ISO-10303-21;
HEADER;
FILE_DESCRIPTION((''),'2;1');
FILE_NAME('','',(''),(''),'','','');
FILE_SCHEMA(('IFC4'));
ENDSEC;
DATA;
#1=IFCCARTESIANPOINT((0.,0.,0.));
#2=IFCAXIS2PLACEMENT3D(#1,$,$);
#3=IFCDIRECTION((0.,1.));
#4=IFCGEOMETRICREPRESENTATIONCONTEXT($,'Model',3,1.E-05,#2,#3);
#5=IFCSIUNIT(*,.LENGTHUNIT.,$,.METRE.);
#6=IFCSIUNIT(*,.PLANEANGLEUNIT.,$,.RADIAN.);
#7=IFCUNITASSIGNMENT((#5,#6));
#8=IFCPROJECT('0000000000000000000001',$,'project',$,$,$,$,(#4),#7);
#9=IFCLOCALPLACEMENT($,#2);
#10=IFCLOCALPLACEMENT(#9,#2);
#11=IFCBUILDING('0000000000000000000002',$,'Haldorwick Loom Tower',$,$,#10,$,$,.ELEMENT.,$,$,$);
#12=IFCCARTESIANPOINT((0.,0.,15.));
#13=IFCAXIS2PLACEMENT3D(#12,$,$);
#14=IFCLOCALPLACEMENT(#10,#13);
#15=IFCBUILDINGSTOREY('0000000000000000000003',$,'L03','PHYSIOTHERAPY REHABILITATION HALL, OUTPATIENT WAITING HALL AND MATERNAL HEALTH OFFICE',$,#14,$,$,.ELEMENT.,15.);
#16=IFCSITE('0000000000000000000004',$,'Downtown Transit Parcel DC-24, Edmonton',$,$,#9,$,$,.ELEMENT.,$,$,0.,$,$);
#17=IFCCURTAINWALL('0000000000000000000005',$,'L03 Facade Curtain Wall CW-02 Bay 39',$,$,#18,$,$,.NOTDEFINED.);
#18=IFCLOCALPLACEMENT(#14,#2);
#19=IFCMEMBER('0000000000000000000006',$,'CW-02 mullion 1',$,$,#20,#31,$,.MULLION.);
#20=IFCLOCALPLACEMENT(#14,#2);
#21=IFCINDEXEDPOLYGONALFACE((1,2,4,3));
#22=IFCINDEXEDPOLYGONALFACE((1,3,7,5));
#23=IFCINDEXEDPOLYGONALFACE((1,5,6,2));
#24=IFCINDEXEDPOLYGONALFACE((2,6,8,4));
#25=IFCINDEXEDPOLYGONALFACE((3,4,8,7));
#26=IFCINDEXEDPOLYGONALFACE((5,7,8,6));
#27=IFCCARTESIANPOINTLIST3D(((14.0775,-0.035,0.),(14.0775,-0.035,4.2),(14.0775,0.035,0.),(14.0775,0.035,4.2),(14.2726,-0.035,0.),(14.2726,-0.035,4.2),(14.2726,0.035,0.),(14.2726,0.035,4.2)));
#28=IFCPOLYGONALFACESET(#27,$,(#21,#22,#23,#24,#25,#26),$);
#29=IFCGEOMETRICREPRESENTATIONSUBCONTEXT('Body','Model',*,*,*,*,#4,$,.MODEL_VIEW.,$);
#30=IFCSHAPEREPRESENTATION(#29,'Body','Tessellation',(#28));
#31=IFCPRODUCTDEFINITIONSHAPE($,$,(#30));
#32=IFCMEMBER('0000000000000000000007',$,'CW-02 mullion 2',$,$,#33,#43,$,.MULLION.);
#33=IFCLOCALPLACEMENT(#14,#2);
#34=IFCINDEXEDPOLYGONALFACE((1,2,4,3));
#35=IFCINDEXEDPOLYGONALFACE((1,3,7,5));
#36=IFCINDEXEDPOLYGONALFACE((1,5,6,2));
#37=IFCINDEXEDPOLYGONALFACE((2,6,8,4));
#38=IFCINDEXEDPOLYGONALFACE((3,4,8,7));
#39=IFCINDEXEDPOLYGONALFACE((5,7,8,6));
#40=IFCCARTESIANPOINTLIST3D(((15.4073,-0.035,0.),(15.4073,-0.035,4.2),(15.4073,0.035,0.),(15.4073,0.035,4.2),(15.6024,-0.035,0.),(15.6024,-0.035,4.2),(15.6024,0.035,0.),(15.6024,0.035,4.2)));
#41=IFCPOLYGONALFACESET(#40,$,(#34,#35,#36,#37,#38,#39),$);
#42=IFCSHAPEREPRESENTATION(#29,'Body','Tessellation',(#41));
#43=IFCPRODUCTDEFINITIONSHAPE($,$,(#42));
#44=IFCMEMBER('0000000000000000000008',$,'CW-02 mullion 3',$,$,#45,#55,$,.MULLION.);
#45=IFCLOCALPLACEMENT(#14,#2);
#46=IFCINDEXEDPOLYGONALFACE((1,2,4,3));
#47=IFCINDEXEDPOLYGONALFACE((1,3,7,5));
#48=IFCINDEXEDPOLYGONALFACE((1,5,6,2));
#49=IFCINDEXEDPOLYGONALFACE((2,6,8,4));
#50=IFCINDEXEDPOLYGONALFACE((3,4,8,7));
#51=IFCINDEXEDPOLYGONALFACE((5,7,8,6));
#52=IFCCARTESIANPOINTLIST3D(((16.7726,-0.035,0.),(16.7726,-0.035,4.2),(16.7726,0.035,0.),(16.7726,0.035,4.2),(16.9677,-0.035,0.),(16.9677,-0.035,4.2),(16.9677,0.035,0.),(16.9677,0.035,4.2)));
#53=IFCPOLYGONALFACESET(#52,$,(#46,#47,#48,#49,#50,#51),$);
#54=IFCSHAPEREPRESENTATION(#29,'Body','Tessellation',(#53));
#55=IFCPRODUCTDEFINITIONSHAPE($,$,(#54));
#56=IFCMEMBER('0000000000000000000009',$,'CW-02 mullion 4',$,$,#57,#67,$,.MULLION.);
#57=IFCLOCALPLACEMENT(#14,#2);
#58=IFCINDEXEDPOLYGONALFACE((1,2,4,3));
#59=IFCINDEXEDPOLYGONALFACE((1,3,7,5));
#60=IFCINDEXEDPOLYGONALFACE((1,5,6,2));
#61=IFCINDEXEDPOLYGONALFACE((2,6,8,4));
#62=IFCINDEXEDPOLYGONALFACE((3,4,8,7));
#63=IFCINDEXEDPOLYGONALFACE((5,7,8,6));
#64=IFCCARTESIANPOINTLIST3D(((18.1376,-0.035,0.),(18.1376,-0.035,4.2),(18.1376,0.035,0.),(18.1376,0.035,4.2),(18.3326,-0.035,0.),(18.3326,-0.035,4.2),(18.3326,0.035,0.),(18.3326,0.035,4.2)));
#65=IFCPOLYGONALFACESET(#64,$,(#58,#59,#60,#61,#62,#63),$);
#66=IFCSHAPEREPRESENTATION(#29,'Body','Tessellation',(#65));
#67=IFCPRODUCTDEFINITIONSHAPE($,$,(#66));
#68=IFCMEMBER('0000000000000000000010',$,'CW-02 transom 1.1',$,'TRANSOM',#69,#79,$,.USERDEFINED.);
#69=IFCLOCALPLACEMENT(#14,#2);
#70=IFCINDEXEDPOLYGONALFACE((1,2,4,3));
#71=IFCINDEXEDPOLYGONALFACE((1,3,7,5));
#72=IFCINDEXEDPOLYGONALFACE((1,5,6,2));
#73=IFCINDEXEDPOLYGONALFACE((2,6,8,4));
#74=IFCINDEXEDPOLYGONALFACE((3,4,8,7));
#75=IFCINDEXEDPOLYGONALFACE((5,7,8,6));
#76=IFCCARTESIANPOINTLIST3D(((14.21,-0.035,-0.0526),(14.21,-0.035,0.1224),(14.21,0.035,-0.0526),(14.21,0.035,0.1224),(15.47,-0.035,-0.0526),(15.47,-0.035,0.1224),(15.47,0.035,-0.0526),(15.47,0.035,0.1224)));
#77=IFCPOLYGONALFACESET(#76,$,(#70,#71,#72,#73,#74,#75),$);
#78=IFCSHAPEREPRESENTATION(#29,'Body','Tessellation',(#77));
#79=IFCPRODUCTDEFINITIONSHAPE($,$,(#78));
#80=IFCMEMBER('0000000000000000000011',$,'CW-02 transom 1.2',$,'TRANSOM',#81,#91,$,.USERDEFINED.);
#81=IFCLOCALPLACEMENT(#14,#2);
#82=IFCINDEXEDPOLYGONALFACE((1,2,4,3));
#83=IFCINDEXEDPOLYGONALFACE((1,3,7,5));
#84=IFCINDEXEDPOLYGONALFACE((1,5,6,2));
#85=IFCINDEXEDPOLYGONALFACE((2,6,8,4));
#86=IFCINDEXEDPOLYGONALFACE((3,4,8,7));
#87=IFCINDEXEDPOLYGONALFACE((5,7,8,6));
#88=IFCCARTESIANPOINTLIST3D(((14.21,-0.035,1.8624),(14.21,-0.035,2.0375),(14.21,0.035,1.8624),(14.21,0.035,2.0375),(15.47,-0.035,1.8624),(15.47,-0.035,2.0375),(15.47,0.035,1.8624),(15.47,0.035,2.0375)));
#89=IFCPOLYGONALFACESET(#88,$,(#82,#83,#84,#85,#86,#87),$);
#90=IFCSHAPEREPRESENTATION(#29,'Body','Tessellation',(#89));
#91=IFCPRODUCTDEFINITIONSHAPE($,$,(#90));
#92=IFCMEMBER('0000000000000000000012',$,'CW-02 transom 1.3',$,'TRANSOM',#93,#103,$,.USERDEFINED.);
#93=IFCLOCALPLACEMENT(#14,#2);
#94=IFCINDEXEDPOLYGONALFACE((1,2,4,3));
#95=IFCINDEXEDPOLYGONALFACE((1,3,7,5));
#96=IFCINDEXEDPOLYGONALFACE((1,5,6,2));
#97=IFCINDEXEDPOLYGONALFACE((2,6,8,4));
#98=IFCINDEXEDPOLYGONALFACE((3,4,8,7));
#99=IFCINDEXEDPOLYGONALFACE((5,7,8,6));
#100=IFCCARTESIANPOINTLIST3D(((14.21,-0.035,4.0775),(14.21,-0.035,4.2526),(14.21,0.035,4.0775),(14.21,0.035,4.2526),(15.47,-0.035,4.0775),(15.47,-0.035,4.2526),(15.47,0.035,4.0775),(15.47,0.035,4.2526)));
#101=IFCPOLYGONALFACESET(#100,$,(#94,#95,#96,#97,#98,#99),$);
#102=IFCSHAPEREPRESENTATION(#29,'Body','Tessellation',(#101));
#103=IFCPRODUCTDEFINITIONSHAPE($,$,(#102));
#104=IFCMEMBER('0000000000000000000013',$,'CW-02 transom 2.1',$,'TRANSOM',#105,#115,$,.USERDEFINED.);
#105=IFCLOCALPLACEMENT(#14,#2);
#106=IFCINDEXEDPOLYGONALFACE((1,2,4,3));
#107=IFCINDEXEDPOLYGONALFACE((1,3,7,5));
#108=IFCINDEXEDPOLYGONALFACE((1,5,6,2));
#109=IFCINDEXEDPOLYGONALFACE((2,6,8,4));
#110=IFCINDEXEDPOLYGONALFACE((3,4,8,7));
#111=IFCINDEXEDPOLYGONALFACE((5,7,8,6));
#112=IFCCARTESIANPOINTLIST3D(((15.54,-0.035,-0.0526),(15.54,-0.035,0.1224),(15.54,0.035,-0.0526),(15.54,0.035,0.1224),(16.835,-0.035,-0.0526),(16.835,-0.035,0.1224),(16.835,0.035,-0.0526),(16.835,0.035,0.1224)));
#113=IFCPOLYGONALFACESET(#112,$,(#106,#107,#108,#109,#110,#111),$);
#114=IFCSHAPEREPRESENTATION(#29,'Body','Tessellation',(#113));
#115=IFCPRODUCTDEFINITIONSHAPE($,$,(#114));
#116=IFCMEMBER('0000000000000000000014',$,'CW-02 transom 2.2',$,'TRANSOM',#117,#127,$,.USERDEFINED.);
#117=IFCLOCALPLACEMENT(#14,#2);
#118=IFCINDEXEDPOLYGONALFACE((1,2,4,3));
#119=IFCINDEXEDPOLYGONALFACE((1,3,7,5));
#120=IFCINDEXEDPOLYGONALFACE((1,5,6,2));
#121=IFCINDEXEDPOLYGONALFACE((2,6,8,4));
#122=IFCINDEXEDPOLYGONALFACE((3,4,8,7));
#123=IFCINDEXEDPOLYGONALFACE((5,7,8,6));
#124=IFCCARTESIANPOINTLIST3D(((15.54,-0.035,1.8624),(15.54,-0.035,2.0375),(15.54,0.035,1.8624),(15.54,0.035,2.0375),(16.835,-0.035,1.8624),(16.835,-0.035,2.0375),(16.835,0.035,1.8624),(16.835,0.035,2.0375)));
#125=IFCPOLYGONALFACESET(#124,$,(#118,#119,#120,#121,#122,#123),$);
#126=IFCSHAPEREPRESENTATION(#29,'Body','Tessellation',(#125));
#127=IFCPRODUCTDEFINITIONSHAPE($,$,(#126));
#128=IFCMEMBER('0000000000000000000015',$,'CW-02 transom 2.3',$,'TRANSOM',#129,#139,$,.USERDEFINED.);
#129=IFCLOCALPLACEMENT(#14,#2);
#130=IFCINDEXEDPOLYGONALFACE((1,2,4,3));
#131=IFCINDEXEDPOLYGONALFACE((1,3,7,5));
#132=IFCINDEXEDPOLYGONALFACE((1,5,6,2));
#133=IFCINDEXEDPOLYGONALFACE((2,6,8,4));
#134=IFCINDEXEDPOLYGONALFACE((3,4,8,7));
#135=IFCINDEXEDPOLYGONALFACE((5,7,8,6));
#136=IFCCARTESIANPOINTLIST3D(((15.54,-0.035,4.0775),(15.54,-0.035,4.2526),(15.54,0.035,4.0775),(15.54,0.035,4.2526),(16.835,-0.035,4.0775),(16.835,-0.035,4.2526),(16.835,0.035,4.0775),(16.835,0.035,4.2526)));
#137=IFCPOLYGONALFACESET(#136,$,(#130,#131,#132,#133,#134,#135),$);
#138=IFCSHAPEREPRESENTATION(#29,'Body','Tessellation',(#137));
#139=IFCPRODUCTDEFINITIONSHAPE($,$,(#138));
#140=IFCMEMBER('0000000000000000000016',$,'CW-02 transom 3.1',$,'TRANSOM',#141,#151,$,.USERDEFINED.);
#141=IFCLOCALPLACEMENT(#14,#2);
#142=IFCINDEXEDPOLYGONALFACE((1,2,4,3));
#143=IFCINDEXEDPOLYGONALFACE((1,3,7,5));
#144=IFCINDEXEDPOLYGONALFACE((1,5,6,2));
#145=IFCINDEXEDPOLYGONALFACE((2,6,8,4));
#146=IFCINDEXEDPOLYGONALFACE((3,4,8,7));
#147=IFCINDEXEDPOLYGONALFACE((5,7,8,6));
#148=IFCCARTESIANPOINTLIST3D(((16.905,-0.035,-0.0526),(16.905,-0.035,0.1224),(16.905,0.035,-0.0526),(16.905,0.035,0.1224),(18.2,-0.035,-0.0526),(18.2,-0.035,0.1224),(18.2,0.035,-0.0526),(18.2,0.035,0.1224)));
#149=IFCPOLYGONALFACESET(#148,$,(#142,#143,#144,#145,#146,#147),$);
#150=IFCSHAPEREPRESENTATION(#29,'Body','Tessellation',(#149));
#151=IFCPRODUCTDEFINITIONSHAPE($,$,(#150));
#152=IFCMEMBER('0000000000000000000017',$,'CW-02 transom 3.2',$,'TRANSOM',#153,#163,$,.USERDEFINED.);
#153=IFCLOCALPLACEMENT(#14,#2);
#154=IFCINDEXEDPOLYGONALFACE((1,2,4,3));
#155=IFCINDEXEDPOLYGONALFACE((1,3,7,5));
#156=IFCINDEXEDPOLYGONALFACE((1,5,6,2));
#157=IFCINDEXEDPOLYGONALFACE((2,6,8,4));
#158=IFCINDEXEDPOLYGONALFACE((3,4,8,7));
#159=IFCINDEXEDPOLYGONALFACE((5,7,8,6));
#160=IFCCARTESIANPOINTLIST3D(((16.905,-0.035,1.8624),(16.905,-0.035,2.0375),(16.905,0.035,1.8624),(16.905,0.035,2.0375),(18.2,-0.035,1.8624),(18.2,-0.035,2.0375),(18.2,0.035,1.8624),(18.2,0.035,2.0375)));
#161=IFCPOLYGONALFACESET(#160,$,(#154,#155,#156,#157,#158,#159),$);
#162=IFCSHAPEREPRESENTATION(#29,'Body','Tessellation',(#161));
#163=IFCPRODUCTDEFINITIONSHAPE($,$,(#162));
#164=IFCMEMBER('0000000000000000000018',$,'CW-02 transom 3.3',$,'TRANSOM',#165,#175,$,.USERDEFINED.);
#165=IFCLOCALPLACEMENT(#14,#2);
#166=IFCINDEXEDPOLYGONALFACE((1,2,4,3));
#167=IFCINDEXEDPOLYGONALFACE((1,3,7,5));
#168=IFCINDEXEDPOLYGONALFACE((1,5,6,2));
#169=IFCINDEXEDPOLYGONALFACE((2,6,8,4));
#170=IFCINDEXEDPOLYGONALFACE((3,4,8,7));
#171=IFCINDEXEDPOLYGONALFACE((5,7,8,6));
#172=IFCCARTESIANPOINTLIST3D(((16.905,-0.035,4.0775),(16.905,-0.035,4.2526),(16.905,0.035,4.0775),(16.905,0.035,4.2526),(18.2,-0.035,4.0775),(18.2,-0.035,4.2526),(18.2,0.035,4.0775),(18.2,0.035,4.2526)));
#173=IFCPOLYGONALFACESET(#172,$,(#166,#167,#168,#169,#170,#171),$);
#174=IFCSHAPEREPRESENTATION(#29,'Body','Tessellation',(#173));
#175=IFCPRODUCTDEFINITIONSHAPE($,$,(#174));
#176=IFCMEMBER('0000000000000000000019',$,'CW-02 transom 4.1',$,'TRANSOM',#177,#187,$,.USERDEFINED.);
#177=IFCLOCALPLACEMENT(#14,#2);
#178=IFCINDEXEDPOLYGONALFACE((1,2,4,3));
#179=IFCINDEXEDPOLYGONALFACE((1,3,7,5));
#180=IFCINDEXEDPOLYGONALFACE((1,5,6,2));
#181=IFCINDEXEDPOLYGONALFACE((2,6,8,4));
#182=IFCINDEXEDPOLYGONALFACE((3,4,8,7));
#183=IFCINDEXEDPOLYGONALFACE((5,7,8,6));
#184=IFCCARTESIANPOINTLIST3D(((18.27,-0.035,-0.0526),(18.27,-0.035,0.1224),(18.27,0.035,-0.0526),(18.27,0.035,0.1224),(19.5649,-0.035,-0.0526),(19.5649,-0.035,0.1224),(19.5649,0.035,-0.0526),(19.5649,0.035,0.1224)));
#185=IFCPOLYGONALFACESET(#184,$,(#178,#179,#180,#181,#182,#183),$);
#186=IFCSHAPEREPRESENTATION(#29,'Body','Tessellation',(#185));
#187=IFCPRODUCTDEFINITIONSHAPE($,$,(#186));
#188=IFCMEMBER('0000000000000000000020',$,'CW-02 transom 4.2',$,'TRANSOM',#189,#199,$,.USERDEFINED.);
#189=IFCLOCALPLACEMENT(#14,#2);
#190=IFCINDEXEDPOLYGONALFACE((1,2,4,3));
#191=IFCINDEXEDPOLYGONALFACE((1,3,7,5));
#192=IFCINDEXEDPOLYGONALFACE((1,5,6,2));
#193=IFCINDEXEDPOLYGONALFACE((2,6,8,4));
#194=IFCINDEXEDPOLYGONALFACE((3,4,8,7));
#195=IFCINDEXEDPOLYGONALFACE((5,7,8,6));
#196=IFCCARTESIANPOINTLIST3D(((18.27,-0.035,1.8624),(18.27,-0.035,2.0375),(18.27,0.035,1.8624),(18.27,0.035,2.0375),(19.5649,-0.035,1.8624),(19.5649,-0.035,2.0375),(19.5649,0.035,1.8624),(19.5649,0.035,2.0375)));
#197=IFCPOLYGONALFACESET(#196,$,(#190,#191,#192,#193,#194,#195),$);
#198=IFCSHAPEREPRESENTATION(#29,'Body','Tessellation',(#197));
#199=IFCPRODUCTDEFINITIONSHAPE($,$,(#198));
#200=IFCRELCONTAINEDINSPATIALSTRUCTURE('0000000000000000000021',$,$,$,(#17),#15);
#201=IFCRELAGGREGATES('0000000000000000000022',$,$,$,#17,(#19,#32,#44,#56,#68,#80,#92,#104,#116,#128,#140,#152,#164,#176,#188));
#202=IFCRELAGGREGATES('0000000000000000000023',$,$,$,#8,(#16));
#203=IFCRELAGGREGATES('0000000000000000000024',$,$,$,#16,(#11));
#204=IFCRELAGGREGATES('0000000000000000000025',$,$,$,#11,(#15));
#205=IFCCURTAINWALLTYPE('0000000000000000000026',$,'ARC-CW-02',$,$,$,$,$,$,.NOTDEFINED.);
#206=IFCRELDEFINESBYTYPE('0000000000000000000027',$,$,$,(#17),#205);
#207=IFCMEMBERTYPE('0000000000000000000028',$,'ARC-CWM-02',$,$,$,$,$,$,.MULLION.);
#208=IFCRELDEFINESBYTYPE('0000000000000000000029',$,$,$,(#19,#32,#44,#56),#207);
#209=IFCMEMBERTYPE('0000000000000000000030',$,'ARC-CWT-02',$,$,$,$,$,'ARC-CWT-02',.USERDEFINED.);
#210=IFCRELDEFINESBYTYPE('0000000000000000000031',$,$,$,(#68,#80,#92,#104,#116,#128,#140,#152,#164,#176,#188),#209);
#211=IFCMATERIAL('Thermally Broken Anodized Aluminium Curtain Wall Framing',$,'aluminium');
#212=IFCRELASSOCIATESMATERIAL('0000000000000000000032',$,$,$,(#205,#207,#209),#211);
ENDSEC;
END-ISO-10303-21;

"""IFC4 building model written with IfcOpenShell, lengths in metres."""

from ifc_helpers import new_model, si_unit, direction, frame, origin, origin_2d, place, context, subcontext, project, spatial, rectangle, extrude, material, material_profile, profile_set, type_object, element, aggregate, save


model = new_model("IFC4")

# Units and contexts
model_context = context("Model", 3, precision=1e-05, world=origin(), true_north=direction((0.0, 1.0)))
body_context = subcontext(model_context, "Body", "Model", "MODEL_VIEW")
ifc_project = project(units=[si_unit("LENGTHUNIT", "METRE"), si_unit("PLANEANGLEUNIT", "RADIAN")], contexts=[model_context])

# Site, building, storey
site_placement = place(None, origin())
site = spatial("IfcSite", under=ifc_project, at=site_placement, Name="Downtown Transit Parcel DC-24, Edmonton", CompositionType="ELEMENT", RefElevation=0.0)
building_placement = place(site_placement, origin())
building = spatial("IfcBuilding", under=site, at=building_placement, Name="Haldorwick Loom Tower", CompositionType="ELEMENT")
storey_placement = place(building_placement, frame((0.0, 0.0, 15.0)))
storey = spatial("IfcBuildingStorey", under=building, at=storey_placement, Name="L03", Description="PHYSIOTHERAPY REHABILITATION HALL, OUTPATIENT WAITING HALL AND MATERNAL HEALTH OFFICE", CompositionType="ELEMENT", Elevation=15.0)

# Curtain wall, members
ifc_material_1 = material(Name="Thermally Broken Anodized Aluminium Curtain Wall Framing", Category="aluminium")
curtain_wall_type = type_object("IfcCurtainWallType", Name="ARC-CW-02", PredefinedType="NOTDEFINED", material=ifc_material_1)
curtain_wall_placement = place(storey_placement, origin())
curtain_wall = element("IfcCurtainWall", 1, at=curtain_wall_placement, inside=storey, type_object=curtain_wall_type, Name="L03 Facade Curtain Wall CW-02 Bay 39", PredefinedType="NOTDEFINED")
ifc_material_profile_1 = material_profile(ifc_material_1, rectangle(XDim=0.0701, YDim=0.1951, at=origin_2d()), Name="ALU_MUL_70X195", Category="aluminium")
ifc_profile_set_1 = profile_set([ifc_material_profile_1], Name="Thermally Broken Anodized Aluminium Curtain Wall Framing")
member_type_1 = type_object("IfcMemberType", Name="ARC-CWM-02", PredefinedType="MULLION", material=ifc_profile_set_1)
member_1_placement = place(storey_placement, frame((14.175, 0.0, 0.0), z_axis=(0.0, 0.0, 1.0), x_axis=(0.0, 1.0, 0.0)))
member_1 = element("IfcMember", 2, at=member_1_placement, type_object=member_type_1, Name="CW-02 mullion 1", PredefinedType="MULLION", context=body_context, shape_type="SweptSolid", body=[
    extrude(rectangle(XDim=0.0701, YDim=0.1951, at=origin_2d()), origin(), (0.0, 0.0, 1.0), 4.2),
])
member_2_placement = place(storey_placement, frame((15.5049, 0.0, 0.0), z_axis=(0.0, 0.0, 1.0), x_axis=(0.0, 1.0, 0.0)))
member_2 = element("IfcMember", 3, at=member_2_placement, type_object=member_type_1, Name="CW-02 mullion 2", PredefinedType="MULLION", context=body_context, shape_type="SweptSolid", body=[
    extrude(rectangle(XDim=0.0701, YDim=0.1951, at=origin_2d()), origin(), (0.0, 0.0, 1.0), 4.2),
])
member_3_placement = place(storey_placement, frame((16.8701, 0.0, 0.0), z_axis=(0.0, 0.0, 1.0), x_axis=(0.0, 1.0, 0.0)))
member_3 = element("IfcMember", 4, at=member_3_placement, type_object=member_type_1, Name="CW-02 mullion 3", PredefinedType="MULLION", context=body_context, shape_type="SweptSolid", body=[
    extrude(rectangle(XDim=0.0701, YDim=0.1951, at=origin_2d()), origin(), (0.0, 0.0, 1.0), 4.2),
])
member_4_placement = place(storey_placement, frame((18.2351, 0.0, 0.0), z_axis=(0.0, 0.0, 1.0), x_axis=(0.0, 1.0, 0.0)))
member_4 = element("IfcMember", 5, at=member_4_placement, type_object=member_type_1, Name="CW-02 mullion 4", PredefinedType="MULLION", context=body_context, shape_type="SweptSolid", body=[
    extrude(rectangle(XDim=0.0701, YDim=0.1951, at=origin_2d()), origin(), (0.0, 0.0, 1.0), 4.2),
])
ifc_material_profile_2 = material_profile(ifc_material_1, rectangle(XDim=0.0701, YDim=0.175, at=origin_2d()), Name="ALU_TRN_70X175", Category="aluminium")
ifc_profile_set_2 = profile_set([ifc_material_profile_2], Name="Thermally Broken Anodized Aluminium Curtain Wall Framing")
member_type_2 = type_object("IfcMemberType", Name="ARC-CWT-02", ElementType="ARC-CWT-02", PredefinedType="USERDEFINED", material=ifc_profile_set_2)
member_5_placement = place(storey_placement, frame((14.21, 0.0, 0.0349), z_axis=(1.0, 0.0, 0.0), x_axis=(0.0, 1.0, 0.0)))
member_5 = element("IfcMember", 6, at=member_5_placement, type_object=member_type_2, Name="CW-02 transom 1.1", ObjectType="TRANSOM", PredefinedType="USERDEFINED", context=body_context, shape_type="SweptSolid", body=[
    extrude(rectangle(XDim=0.0701, YDim=0.175, at=origin_2d()), origin(), (0.0, 0.0, 1.0), 1.26),
])
member_6_placement = place(storey_placement, frame((14.21, 0.0, 1.95), z_axis=(1.0, 0.0, 0.0), x_axis=(0.0, 1.0, 0.0)))
member_6 = element("IfcMember", 7, at=member_6_placement, type_object=member_type_2, Name="CW-02 transom 1.2", ObjectType="TRANSOM", PredefinedType="USERDEFINED", context=body_context, shape_type="SweptSolid", body=[
    extrude(rectangle(XDim=0.0701, YDim=0.175, at=origin_2d()), origin(), (0.0, 0.0, 1.0), 1.26),
])
member_7_placement = place(storey_placement, frame((14.21, 0.0, 4.165), z_axis=(1.0, 0.0, 0.0), x_axis=(0.0, 1.0, 0.0)))
member_7 = element("IfcMember", 8, at=member_7_placement, type_object=member_type_2, Name="CW-02 transom 1.3", ObjectType="TRANSOM", PredefinedType="USERDEFINED", context=body_context, shape_type="SweptSolid", body=[
    extrude(rectangle(XDim=0.0701, YDim=0.175, at=origin_2d()), origin(), (0.0, 0.0, 1.0), 1.26),
])
member_8_placement = place(storey_placement, frame((15.54, 0.0, 0.0349), z_axis=(1.0, 0.0, 0.0), x_axis=(0.0, 1.0, 0.0)))
member_8 = element("IfcMember", 9, at=member_8_placement, type_object=member_type_2, Name="CW-02 transom 2.1", ObjectType="TRANSOM", PredefinedType="USERDEFINED", context=body_context, shape_type="SweptSolid", body=[
    extrude(rectangle(XDim=0.0701, YDim=0.175, at=origin_2d()), origin(), (0.0, 0.0, 1.0), 1.2949),
])
member_9_placement = place(storey_placement, frame((15.54, 0.0, 1.95), z_axis=(1.0, 0.0, 0.0), x_axis=(0.0, 1.0, 0.0)))
member_9 = element("IfcMember", 10, at=member_9_placement, type_object=member_type_2, Name="CW-02 transom 2.2", ObjectType="TRANSOM", PredefinedType="USERDEFINED", context=body_context, shape_type="SweptSolid", body=[
    extrude(rectangle(XDim=0.0701, YDim=0.175, at=origin_2d()), origin(), (0.0, 0.0, 1.0), 1.2949),
])
member_10_placement = place(storey_placement, frame((15.54, 0.0, 4.165), z_axis=(1.0, 0.0, 0.0), x_axis=(0.0, 1.0, 0.0)))
member_10 = element("IfcMember", 11, at=member_10_placement, type_object=member_type_2, Name="CW-02 transom 2.3", ObjectType="TRANSOM", PredefinedType="USERDEFINED", context=body_context, shape_type="SweptSolid", body=[
    extrude(rectangle(XDim=0.0701, YDim=0.175, at=origin_2d()), origin(), (0.0, 0.0, 1.0), 1.2949),
])
member_11_placement = place(storey_placement, frame((16.905, 0.0, 0.0349), z_axis=(1.0, 0.0, 0.0), x_axis=(0.0, 1.0, 0.0)))
member_11 = element("IfcMember", 12, at=member_11_placement, type_object=member_type_2, Name="CW-02 transom 3.1", ObjectType="TRANSOM", PredefinedType="USERDEFINED", context=body_context, shape_type="SweptSolid", body=[
    extrude(rectangle(XDim=0.0701, YDim=0.175, at=origin_2d()), origin(), (0.0, 0.0, 1.0), 1.2949),
])
member_12_placement = place(storey_placement, frame((16.905, 0.0, 1.95), z_axis=(1.0, 0.0, 0.0), x_axis=(0.0, 1.0, 0.0)))
member_12 = element("IfcMember", 13, at=member_12_placement, type_object=member_type_2, Name="CW-02 transom 3.2", ObjectType="TRANSOM", PredefinedType="USERDEFINED", context=body_context, shape_type="SweptSolid", body=[
    extrude(rectangle(XDim=0.0701, YDim=0.175, at=origin_2d()), origin(), (0.0, 0.0, 1.0), 1.2949),
])
member_13_placement = place(storey_placement, frame((16.905, 0.0, 4.165), z_axis=(1.0, 0.0, 0.0), x_axis=(0.0, 1.0, 0.0)))
member_13 = element("IfcMember", 14, at=member_13_placement, type_object=member_type_2, Name="CW-02 transom 3.3", ObjectType="TRANSOM", PredefinedType="USERDEFINED", context=body_context, shape_type="SweptSolid", body=[
    extrude(rectangle(XDim=0.0701, YDim=0.175, at=origin_2d()), origin(), (0.0, 0.0, 1.0), 1.2949),
])
member_14_placement = place(storey_placement, frame((18.27, 0.0, 0.0349), z_axis=(1.0, 0.0, 0.0), x_axis=(0.0, 1.0, 0.0)))
member_14 = element("IfcMember", 15, at=member_14_placement, type_object=member_type_2, Name="CW-02 transom 4.1", ObjectType="TRANSOM", PredefinedType="USERDEFINED", context=body_context, shape_type="SweptSolid", body=[
    extrude(rectangle(XDim=0.0701, YDim=0.175, at=origin_2d()), origin(), (0.0, 0.0, 1.0), 1.2949),
])
member_15_placement = place(storey_placement, frame((18.27, 0.0, 1.95), z_axis=(1.0, 0.0, 0.0), x_axis=(0.0, 1.0, 0.0)))
member_15 = element("IfcMember", 16, at=member_15_placement, type_object=member_type_2, Name="CW-02 transom 4.2", ObjectType="TRANSOM", PredefinedType="USERDEFINED", context=body_context, shape_type="SweptSolid", body=[
    extrude(rectangle(XDim=0.0701, YDim=0.175, at=origin_2d()), origin(), (0.0, 0.0, 1.0), 1.2949),
])
aggregate(curtain_wall, [member_1, member_2, member_3, member_4, member_5, member_6, member_7, member_8, member_9, member_10, member_11, member_12, member_13, member_14, member_15])

save(model, "model.ifc")
